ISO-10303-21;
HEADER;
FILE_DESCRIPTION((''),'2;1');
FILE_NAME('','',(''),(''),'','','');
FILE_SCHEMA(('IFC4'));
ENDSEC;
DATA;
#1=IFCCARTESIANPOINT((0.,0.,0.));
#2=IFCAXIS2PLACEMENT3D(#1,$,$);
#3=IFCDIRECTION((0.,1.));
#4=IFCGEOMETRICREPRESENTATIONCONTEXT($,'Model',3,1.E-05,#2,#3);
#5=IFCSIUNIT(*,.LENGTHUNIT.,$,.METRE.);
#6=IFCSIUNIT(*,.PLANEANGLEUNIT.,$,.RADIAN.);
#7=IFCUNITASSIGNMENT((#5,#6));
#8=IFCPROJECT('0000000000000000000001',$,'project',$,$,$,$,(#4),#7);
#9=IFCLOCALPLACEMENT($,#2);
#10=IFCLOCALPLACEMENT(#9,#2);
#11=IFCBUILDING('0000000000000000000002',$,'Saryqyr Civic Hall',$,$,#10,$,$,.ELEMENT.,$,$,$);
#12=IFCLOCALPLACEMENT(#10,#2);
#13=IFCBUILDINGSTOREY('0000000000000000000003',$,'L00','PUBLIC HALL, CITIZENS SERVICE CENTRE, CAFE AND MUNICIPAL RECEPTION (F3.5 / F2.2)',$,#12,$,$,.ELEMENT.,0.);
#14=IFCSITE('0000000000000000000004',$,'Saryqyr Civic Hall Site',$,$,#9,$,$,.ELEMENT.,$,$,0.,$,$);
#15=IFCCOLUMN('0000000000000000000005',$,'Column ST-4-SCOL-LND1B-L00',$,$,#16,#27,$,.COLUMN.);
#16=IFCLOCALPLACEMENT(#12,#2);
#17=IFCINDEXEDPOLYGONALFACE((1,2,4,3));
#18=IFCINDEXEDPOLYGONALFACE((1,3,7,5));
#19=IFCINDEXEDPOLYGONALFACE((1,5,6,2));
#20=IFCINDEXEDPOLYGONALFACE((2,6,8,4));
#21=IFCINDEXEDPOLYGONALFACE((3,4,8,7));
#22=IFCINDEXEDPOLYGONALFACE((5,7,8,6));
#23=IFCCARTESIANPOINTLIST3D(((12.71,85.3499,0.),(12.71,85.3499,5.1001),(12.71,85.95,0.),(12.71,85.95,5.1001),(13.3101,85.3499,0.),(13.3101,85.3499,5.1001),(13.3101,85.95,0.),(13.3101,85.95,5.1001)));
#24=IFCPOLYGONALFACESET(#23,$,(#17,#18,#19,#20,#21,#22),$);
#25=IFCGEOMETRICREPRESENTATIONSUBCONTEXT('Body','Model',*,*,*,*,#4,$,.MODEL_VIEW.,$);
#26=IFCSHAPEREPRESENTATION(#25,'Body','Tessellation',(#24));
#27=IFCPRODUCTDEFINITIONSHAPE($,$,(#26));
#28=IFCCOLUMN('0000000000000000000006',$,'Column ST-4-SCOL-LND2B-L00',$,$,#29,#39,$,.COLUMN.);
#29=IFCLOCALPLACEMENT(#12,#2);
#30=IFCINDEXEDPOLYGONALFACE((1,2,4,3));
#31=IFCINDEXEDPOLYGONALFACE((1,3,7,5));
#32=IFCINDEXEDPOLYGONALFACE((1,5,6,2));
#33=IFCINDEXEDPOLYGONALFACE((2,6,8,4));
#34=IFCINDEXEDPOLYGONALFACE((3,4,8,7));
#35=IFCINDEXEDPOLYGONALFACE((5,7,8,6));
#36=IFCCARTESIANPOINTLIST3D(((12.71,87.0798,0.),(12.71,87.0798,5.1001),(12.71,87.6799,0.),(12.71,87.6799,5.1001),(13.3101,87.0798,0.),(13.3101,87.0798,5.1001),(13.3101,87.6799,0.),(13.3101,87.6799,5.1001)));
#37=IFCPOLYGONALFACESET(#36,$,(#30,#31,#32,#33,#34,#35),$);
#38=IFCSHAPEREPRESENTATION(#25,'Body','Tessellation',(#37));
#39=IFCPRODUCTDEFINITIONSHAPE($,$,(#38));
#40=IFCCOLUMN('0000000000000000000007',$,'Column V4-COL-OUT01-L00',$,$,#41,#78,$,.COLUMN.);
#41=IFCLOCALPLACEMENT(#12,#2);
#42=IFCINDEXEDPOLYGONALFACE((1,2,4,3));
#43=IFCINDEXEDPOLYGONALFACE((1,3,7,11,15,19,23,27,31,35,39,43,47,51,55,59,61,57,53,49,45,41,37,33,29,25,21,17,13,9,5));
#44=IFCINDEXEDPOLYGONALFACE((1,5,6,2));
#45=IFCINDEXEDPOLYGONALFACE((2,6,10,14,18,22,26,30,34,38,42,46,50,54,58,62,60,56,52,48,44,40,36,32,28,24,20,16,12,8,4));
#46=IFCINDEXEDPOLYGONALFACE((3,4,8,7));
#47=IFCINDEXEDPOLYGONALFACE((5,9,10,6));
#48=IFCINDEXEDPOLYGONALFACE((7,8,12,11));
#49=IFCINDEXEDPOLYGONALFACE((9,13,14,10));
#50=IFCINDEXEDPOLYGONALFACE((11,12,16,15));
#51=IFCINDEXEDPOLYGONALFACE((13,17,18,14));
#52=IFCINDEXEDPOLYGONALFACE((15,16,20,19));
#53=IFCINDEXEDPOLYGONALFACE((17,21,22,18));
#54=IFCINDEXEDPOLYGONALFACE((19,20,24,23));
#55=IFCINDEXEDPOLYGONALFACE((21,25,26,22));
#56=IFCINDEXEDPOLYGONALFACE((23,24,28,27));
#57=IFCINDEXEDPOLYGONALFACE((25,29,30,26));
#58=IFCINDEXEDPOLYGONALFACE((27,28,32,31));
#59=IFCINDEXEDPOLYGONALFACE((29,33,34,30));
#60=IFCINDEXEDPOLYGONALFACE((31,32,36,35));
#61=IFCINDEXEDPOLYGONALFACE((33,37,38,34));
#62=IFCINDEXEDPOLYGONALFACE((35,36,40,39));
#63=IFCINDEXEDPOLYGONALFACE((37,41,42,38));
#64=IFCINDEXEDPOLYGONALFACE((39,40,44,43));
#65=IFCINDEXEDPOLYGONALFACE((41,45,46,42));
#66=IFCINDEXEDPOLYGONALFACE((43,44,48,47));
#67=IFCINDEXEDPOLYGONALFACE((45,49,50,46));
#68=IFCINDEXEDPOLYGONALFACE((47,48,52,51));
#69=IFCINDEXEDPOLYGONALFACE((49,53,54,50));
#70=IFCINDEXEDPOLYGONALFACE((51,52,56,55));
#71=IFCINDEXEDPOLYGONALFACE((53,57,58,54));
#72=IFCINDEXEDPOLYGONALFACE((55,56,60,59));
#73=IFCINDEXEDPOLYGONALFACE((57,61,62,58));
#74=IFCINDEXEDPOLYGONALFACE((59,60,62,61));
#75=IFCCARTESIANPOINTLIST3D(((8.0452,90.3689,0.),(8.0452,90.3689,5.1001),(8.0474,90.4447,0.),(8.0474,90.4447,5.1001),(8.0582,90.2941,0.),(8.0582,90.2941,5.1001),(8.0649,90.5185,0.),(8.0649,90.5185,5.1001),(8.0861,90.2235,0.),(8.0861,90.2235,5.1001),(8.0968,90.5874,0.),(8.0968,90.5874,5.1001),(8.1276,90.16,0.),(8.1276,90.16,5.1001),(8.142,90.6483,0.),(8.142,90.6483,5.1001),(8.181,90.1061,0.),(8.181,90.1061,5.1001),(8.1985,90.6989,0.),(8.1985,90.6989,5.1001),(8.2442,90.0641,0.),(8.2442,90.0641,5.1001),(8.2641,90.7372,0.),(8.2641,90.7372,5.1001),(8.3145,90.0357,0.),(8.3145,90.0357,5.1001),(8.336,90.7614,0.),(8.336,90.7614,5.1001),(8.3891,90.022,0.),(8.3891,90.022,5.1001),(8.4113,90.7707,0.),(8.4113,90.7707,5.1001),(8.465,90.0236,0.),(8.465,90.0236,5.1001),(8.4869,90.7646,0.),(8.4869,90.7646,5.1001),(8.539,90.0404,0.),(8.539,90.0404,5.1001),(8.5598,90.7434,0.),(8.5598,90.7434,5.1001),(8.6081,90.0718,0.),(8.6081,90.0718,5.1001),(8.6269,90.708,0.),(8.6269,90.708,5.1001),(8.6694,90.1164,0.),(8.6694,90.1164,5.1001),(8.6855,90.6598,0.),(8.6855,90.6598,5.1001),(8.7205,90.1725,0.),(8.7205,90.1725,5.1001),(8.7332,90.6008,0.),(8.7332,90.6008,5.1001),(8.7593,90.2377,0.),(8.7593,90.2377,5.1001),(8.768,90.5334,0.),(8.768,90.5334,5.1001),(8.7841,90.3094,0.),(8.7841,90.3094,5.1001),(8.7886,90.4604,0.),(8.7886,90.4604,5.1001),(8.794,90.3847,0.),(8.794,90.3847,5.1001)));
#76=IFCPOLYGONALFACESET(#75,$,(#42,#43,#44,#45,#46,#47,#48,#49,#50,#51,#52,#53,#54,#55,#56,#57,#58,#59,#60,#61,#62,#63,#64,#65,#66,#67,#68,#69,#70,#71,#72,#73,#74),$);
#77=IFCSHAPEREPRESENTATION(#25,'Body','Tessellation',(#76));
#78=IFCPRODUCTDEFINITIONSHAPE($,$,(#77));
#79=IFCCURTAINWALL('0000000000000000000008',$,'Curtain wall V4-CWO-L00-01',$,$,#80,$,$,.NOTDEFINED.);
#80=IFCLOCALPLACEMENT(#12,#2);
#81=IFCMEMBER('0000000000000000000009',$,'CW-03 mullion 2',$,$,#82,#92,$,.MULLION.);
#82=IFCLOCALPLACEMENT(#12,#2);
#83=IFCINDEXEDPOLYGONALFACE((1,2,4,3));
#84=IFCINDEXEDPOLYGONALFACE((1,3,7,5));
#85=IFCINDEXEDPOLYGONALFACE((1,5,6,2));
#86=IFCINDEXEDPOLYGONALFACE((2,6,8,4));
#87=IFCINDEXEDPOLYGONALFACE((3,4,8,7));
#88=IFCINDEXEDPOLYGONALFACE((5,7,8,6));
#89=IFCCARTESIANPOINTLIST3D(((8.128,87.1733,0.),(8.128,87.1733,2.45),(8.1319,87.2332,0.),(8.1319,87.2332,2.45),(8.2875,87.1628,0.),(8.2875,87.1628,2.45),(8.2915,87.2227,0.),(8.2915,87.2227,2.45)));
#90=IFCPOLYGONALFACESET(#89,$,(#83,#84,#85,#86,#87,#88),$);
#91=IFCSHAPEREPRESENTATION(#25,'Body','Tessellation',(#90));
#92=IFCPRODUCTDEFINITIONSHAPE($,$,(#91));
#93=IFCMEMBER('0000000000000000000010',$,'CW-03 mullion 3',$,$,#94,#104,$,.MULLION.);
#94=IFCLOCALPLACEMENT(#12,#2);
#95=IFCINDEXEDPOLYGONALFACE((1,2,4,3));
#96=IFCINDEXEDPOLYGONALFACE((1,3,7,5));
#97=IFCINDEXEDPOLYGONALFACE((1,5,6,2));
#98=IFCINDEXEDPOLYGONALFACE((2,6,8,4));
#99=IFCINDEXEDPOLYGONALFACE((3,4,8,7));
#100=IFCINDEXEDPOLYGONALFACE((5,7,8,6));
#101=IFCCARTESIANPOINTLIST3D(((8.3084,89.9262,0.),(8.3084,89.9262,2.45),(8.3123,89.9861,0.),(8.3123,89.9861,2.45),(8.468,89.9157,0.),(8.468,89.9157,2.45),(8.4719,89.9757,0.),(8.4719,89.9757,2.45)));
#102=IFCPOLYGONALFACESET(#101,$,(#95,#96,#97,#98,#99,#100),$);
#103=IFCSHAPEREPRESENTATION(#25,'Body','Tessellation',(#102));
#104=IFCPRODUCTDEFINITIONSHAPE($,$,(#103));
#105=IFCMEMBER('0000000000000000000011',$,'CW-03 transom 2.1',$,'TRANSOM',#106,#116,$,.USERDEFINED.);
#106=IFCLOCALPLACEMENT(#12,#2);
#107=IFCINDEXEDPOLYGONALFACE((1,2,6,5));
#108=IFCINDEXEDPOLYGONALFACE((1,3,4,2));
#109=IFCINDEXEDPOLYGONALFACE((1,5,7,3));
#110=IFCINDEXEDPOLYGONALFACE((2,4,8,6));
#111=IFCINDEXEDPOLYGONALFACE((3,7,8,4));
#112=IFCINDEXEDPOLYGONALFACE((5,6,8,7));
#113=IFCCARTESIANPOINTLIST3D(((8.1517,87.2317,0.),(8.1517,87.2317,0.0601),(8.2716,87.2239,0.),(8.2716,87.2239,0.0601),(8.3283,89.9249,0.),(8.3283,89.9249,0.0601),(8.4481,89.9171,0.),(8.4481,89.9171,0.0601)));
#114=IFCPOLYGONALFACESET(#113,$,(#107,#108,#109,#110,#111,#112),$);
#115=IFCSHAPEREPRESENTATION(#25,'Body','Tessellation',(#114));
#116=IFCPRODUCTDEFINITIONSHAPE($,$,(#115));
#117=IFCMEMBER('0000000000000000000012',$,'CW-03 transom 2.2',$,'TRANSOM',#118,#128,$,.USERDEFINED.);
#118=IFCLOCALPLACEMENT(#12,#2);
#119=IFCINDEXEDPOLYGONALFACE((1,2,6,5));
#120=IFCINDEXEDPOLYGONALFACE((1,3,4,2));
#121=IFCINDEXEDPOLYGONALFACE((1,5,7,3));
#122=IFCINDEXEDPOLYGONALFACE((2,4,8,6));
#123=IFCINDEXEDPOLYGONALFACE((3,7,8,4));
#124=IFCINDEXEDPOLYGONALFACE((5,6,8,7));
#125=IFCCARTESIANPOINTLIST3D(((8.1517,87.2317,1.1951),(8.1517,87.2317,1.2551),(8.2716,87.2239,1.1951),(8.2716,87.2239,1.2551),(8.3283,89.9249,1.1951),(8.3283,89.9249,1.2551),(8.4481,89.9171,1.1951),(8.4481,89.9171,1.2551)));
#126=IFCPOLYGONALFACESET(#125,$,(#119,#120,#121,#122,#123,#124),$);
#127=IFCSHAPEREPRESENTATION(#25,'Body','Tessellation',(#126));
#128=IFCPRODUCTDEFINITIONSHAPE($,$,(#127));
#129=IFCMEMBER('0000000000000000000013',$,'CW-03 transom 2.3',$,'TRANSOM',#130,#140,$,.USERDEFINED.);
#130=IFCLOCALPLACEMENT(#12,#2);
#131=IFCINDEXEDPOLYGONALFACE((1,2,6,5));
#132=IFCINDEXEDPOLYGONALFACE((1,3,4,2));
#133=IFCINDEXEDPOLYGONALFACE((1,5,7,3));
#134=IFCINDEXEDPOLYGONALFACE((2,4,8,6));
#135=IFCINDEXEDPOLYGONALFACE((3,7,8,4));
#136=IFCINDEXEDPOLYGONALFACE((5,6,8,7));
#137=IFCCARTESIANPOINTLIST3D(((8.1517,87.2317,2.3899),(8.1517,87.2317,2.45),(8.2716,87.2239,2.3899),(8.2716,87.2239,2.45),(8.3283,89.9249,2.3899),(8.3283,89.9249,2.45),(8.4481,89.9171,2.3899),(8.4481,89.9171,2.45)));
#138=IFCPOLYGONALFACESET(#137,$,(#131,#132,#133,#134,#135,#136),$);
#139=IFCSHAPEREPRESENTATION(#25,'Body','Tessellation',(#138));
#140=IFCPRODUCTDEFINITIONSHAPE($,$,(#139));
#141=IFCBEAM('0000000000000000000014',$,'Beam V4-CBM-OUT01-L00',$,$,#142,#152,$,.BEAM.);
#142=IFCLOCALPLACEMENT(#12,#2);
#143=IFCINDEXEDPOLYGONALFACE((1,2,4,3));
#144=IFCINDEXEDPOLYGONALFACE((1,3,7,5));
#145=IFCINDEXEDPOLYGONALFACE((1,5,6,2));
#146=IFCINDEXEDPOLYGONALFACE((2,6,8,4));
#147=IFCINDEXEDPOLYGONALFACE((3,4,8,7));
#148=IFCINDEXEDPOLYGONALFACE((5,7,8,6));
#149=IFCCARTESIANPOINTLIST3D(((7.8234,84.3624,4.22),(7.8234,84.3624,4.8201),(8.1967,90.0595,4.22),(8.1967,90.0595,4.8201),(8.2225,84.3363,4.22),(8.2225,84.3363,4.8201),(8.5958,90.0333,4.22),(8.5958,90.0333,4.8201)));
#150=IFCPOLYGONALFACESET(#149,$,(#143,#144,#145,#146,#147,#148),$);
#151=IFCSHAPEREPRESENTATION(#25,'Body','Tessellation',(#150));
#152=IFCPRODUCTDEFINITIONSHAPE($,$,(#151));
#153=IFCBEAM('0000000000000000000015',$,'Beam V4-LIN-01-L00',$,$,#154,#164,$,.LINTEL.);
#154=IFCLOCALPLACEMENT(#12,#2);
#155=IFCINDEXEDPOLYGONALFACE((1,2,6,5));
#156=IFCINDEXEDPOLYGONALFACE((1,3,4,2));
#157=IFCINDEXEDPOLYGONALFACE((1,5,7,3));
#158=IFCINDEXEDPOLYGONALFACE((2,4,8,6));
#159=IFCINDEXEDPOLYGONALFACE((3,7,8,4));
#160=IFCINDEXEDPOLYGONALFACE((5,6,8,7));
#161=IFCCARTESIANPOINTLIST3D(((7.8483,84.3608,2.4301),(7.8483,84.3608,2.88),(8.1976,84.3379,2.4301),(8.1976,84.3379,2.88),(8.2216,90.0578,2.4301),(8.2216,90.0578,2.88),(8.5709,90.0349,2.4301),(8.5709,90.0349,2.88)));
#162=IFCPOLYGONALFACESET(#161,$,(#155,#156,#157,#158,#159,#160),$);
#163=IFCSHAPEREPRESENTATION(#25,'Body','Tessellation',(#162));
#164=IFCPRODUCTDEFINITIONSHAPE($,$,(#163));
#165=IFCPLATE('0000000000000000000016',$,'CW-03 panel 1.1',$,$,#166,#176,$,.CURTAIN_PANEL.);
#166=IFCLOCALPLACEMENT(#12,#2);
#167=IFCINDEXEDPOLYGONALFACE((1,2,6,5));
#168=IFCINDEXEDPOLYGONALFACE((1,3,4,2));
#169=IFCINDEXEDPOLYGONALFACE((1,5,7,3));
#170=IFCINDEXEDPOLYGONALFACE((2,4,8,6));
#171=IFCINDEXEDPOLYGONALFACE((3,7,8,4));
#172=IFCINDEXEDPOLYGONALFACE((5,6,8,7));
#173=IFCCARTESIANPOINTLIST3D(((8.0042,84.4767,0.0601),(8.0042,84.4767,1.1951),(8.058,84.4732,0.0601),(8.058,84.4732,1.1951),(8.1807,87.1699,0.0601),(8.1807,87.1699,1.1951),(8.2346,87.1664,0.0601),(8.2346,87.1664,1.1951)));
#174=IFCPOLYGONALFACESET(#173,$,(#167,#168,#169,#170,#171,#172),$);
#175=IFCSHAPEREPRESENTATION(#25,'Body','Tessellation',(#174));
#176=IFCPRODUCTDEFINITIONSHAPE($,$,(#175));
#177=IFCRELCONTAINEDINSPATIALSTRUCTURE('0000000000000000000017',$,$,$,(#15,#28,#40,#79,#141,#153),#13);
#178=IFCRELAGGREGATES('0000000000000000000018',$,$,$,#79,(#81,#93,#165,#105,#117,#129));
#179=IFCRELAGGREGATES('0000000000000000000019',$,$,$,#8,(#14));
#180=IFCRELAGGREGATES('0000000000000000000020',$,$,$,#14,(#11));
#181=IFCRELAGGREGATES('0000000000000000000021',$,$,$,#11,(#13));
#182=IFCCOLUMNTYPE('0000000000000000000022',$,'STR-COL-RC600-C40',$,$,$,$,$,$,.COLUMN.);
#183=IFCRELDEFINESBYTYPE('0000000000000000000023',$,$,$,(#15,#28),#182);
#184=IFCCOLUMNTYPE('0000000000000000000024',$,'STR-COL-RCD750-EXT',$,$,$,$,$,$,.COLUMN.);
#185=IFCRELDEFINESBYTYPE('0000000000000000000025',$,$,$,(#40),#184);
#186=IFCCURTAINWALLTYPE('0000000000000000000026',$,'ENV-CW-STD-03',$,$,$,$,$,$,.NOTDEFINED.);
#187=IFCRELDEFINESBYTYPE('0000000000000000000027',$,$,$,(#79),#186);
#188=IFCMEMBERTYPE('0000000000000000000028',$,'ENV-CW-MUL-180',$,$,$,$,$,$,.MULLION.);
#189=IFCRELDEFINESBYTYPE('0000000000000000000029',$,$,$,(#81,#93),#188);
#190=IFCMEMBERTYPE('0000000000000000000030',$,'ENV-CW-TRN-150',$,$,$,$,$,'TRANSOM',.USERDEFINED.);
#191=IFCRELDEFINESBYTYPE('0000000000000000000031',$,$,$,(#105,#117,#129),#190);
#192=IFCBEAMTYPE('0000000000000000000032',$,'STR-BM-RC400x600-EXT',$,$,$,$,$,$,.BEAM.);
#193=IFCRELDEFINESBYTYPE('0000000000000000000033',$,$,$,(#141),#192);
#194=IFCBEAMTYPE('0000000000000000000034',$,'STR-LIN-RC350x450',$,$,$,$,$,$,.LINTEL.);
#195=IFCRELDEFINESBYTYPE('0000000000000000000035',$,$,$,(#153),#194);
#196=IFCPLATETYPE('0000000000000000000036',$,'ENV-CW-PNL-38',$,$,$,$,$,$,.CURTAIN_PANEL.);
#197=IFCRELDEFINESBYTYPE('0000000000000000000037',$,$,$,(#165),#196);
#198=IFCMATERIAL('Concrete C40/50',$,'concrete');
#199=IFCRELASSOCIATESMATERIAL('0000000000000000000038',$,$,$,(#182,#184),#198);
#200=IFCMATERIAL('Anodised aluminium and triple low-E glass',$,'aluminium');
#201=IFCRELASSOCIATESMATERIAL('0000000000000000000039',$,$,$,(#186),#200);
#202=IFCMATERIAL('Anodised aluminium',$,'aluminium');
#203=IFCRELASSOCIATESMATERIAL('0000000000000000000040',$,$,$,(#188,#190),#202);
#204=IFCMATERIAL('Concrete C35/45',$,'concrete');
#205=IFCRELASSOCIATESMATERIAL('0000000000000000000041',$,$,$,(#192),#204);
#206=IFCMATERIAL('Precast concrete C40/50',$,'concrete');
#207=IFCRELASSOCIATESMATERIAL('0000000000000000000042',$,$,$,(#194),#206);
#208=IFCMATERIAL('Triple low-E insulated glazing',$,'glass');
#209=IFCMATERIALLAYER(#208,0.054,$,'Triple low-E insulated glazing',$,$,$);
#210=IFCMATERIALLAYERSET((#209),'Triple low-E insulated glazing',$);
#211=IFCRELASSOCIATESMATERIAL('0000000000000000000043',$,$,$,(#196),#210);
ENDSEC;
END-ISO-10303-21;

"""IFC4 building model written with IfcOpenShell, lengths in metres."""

from ifc_helpers import new_model, si_unit, direction, frame, origin, origin_2d, place, context, subcontext, project, spatial, rectangle, circle, extrude, material, layer, layer_set, material_profile, profile_set, type_object, element, aggregate, save


model = new_model("IFC4")

# Units and contexts
model_context = context("Model", 3, precision=1e-05, world=origin(), true_north=direction((0.0, 1.0)))
body_context = subcontext(model_context, "Body", "Model", "MODEL_VIEW")
ifc_project = project(units=[si_unit("LENGTHUNIT", "METRE"), si_unit("PLANEANGLEUNIT", "RADIAN")], contexts=[model_context])

# Site, building, storey
site_placement = place(None, origin())
site = spatial("IfcSite", under=ifc_project, at=site_placement, Name="Saryqyr Civic Hall Site", CompositionType="ELEMENT", RefElevation=0.0)
building_placement = place(site_placement, origin())
building = spatial("IfcBuilding", under=site, at=building_placement, Name="Saryqyr Civic Hall", CompositionType="ELEMENT")
storey_placement = place(building_placement, origin())
storey = spatial("IfcBuildingStorey", under=building, at=storey_placement, Name="L00", Description="PUBLIC HALL, CITIZENS SERVICE CENTRE, CAFE AND MUNICIPAL RECEPTION (F3.5 / F2.2)", CompositionType="ELEMENT", Elevation=0.0)

# Columns
ifc_material_1 = material(Name="Concrete C40/50", Category="concrete")
ifc_material_profile_1 = material_profile(ifc_material_1, rectangle(XDim=0.6001, YDim=0.6001, at=origin_2d()), Name="RC 600x600")
ifc_profile_set_1 = profile_set([ifc_material_profile_1], Name="Concrete C40/50")
column_type_1 = type_object("IfcColumnType", Name="STR-COL-RC600-C40", PredefinedType="COLUMN", material=ifc_profile_set_1)
for number, where, z_axis, x_axis, name in (
    (1, (13.01, 85.6499, 0.0), (0.0, 0.0, 1.0), (1.0, 0.0, 0.0), "Column ST-4-SCOL-LND1B-L00"),
    (2, (13.01, 87.3799, 0.0), (0.0, 0.0, 1.0), (1.0, 0.0, 0.0), "Column ST-4-SCOL-LND2B-L00"),
):
    element("IfcColumn", number, at=place(storey_placement, frame(where, z_axis=z_axis, x_axis=x_axis)), inside=storey, type_object=column_type_1, Name=name, PredefinedType="COLUMN", context=body_context, shape_type="SweptSolid", body=[
        extrude(rectangle(XDim=0.6001, YDim=0.6001, at=origin_2d()), origin(), (0.0, 0.0, 1.0), 5.1001),
    ])
ifc_material_profile_2 = material_profile(ifc_material_1, circle(Radius=0.375, at=origin_2d()), Name="RC D750")
ifc_profile_set_2 = profile_set([ifc_material_profile_2], Name="Concrete C40/50")
column_type_2 = type_object("IfcColumnType", Name="STR-COL-RCD750-EXT", PredefinedType="COLUMN", material=ifc_profile_set_2)
column_placement = place(storey_placement, frame((8.4192, 90.3958, 0.0), z_axis=(0.0, 0.0, 1.0), x_axis=(-0.991445, 0.130526, 0.0)))
element("IfcColumn", 3, at=column_placement, inside=storey, type_object=column_type_2, Name="Column V4-COL-OUT01-L00", PredefinedType="COLUMN", context=body_context, shape_type="SweptSolid", body=[
    extrude(circle(Radius=0.375, at=origin_2d()), origin(), (0.0, 0.0, 1.0), 5.1001),
])

# Curtain wall, members
ifc_material_2 = material(Name="Anodised aluminium and triple low-E glass", Category="aluminium")
curtain_wall_type = type_object("IfcCurtainWallType", Name="ENV-CW-STD-03", PredefinedType="NOTDEFINED", material=ifc_material_2)
curtain_wall_placement = place(storey_placement, origin())
curtain_wall = element("IfcCurtainWall", 4, at=curtain_wall_placement, inside=storey, type_object=curtain_wall_type, Name="Curtain wall V4-CWO-L00-01", PredefinedType="NOTDEFINED")
ifc_material_3 = material(Name="Anodised aluminium", Category="aluminium")
ifc_material_profile_3 = material_profile(ifc_material_3, rectangle(XDim=0.0601, YDim=0.1599, at=origin_2d()), Name="ALU MULLION 60x160")
ifc_profile_set_3 = profile_set([ifc_material_profile_3], Name="Anodised aluminium")
member_type_1 = type_object("IfcMemberType", Name="ENV-CW-MUL-180", PredefinedType="MULLION", material=ifc_profile_set_3)
member_1_placement = place(storey_placement, frame((8.2097, 87.198, 0.0), z_axis=(0.0, 0.0, 1.0), x_axis=(0.065403, 0.997859, 0.0)))
member_1 = element("IfcMember", 5, at=member_1_placement, type_object=member_type_1, Name="CW-03 mullion 2", PredefinedType="MULLION", context=body_context, shape_type="SweptSolid", body=[
    extrude(rectangle(XDim=0.0601, YDim=0.1599, at=origin_2d()), origin(), (0.0, 0.0, 1.0), 2.45),
])
member_2_placement = place(storey_placement, frame((8.3901, 89.9509, 0.0), z_axis=(0.0, 0.0, 1.0), x_axis=(0.065403, 0.997859, 0.0)))
member_2 = element("IfcMember", 6, at=member_2_placement, type_object=member_type_1, Name="CW-03 mullion 3", PredefinedType="MULLION", context=body_context, shape_type="SweptSolid", body=[
    extrude(rectangle(XDim=0.0601, YDim=0.1599, at=origin_2d()), origin(), (0.0, 0.0, 1.0), 2.45),
])
ifc_material_profile_4 = material_profile(ifc_material_3, rectangle(XDim=0.1201, YDim=0.0601, at=origin_2d()), Name="ALU TRANSOM 120x60")
ifc_profile_set_4 = profile_set([ifc_material_profile_4], Name="Anodised aluminium")
member_type_2 = type_object("IfcMemberType", Name="ENV-CW-TRN-150", ElementType="TRANSOM", PredefinedType="USERDEFINED", material=ifc_profile_set_4)
member_3_placement = place(storey_placement, frame((8.2117, 87.2278, 0.03), z_axis=(0.065402, 0.997859, 0.0), x_axis=(-0.997859, 0.065402, 0.0)))
member_3 = element("IfcMember", 7, at=member_3_placement, type_object=member_type_2, Name="CW-03 transom 2.1", ObjectType="TRANSOM", PredefinedType="USERDEFINED", context=body_context, shape_type="SweptSolid", body=[
    extrude(rectangle(XDim=0.1201, YDim=0.0601, at=origin_2d()), origin(), (0.0, 0.0, 1.0), 2.699),
])
member_4_placement = place(storey_placement, frame((8.2117, 87.2278, 1.2251), z_axis=(0.065402, 0.997859, 0.0), x_axis=(-0.997859, 0.065402, 0.0)))
member_4 = element("IfcMember", 8, at=member_4_placement, type_object=member_type_2, Name="CW-03 transom 2.2", ObjectType="TRANSOM", PredefinedType="USERDEFINED", context=body_context, shape_type="SweptSolid", body=[
    extrude(rectangle(XDim=0.1201, YDim=0.0601, at=origin_2d()), origin(), (0.0, 0.0, 1.0), 2.699),
])
member_5_placement = place(storey_placement, frame((8.2117, 87.2278, 2.4199), z_axis=(0.065402, 0.997859, 0.0), x_axis=(-0.997859, 0.065402, 0.0)))
member_5 = element("IfcMember", 9, at=member_5_placement, type_object=member_type_2, Name="CW-03 transom 2.3", ObjectType="TRANSOM", PredefinedType="USERDEFINED", context=body_context, shape_type="SweptSolid", body=[
    extrude(rectangle(XDim=0.1201, YDim=0.0601, at=origin_2d()), origin(), (0.0, 0.0, 1.0), 2.699),
])

# Beams
ifc_material_4 = material(Name="Concrete C35/45", Category="concrete")
ifc_material_profile_5 = material_profile(ifc_material_4, rectangle(XDim=0.3999, YDim=0.6001, at=origin_2d()), Name="RC 400x600")
ifc_profile_set_5 = profile_set([ifc_material_profile_5], Name="Concrete C35/45")
beam_type_1 = type_object("IfcBeamType", Name="STR-BM-RC400x600-EXT", PredefinedType="BEAM", material=ifc_profile_set_5)
beam_1_placement = place(storey_placement, frame((8.3962, 90.0464, 4.52), z_axis=(-0.065384, -0.99786, 0.0), x_axis=(0.99786, -0.065384, 0.0)))
element("IfcBeam", 10, at=beam_1_placement, inside=storey, type_object=beam_type_1, Name="Beam V4-CBM-OUT01-L00", PredefinedType="BEAM", context=body_context, shape_type="SweptSolid", body=[
    extrude(rectangle(XDim=0.3999, YDim=0.6001, at=origin_2d()), origin(), (0.0, 0.0, 1.0), 5.7092),
])
ifc_material_5 = material(Name="Precast concrete C40/50", Category="concrete")
ifc_material_profile_6 = material_profile(ifc_material_5, rectangle(XDim=0.3501, YDim=0.45, at=origin_2d()), Name="RC 350x450")
ifc_profile_set_6 = profile_set([ifc_material_profile_6], Name="Precast concrete C40/50")
beam_type_2 = type_object("IfcBeamType", Name="STR-LIN-RC350x450", PredefinedType="LINTEL", material=ifc_profile_set_6)
beam_2_placement = place(storey_placement, frame((8.3962, 90.0464, 2.655), z_axis=(-0.065384, -0.99786, 0.0), x_axis=(0.99786, -0.065384, 0.0)))
element("IfcBeam", 11, at=beam_2_placement, inside=storey, type_object=beam_type_2, Name="Beam V4-LIN-01-L00", PredefinedType="LINTEL", context=body_context, shape_type="SweptSolid", body=[
    extrude(rectangle(XDim=0.3501, YDim=0.45, at=origin_2d()), origin(), (0.0, 0.0, 1.0), 5.7092),
])

# Plate
ifc_material_6 = material(Name="Triple low-E insulated glazing", Category="glass")
ifc_layer_1 = layer(ifc_material_6, 0.054, Name="Triple low-E insulated glazing")
ifc_layer_set_1 = layer_set([ifc_layer_1], Name="Triple low-E insulated glazing")
plate_type = type_object("IfcPlateType", Name="ENV-CW-PNL-38", PredefinedType="CURTAIN_PANEL", material=ifc_layer_set_1)
plate_1_placement = place(storey_placement, frame((8.1194, 85.8215, 0.0601), z_axis=(0.0, 0.0, 1.0), x_axis=(0.065403, 0.997859, 0.0)))
plate_1 = element("IfcPlate", 12, at=plate_1_placement, type_object=plate_type, Name="CW-03 panel 1.1", PredefinedType="CURTAIN_PANEL", context=body_context, shape_type="SweptSolid", body=[
    extrude(rectangle(XDim=2.699, YDim=0.054, at=origin_2d()), origin(), (0.0, 0.0, 1.0), 1.135),
])
aggregate(curtain_wall, [member_1, member_2, plate_1, member_3, member_4, member_5])

save(model, "model.ifc")
